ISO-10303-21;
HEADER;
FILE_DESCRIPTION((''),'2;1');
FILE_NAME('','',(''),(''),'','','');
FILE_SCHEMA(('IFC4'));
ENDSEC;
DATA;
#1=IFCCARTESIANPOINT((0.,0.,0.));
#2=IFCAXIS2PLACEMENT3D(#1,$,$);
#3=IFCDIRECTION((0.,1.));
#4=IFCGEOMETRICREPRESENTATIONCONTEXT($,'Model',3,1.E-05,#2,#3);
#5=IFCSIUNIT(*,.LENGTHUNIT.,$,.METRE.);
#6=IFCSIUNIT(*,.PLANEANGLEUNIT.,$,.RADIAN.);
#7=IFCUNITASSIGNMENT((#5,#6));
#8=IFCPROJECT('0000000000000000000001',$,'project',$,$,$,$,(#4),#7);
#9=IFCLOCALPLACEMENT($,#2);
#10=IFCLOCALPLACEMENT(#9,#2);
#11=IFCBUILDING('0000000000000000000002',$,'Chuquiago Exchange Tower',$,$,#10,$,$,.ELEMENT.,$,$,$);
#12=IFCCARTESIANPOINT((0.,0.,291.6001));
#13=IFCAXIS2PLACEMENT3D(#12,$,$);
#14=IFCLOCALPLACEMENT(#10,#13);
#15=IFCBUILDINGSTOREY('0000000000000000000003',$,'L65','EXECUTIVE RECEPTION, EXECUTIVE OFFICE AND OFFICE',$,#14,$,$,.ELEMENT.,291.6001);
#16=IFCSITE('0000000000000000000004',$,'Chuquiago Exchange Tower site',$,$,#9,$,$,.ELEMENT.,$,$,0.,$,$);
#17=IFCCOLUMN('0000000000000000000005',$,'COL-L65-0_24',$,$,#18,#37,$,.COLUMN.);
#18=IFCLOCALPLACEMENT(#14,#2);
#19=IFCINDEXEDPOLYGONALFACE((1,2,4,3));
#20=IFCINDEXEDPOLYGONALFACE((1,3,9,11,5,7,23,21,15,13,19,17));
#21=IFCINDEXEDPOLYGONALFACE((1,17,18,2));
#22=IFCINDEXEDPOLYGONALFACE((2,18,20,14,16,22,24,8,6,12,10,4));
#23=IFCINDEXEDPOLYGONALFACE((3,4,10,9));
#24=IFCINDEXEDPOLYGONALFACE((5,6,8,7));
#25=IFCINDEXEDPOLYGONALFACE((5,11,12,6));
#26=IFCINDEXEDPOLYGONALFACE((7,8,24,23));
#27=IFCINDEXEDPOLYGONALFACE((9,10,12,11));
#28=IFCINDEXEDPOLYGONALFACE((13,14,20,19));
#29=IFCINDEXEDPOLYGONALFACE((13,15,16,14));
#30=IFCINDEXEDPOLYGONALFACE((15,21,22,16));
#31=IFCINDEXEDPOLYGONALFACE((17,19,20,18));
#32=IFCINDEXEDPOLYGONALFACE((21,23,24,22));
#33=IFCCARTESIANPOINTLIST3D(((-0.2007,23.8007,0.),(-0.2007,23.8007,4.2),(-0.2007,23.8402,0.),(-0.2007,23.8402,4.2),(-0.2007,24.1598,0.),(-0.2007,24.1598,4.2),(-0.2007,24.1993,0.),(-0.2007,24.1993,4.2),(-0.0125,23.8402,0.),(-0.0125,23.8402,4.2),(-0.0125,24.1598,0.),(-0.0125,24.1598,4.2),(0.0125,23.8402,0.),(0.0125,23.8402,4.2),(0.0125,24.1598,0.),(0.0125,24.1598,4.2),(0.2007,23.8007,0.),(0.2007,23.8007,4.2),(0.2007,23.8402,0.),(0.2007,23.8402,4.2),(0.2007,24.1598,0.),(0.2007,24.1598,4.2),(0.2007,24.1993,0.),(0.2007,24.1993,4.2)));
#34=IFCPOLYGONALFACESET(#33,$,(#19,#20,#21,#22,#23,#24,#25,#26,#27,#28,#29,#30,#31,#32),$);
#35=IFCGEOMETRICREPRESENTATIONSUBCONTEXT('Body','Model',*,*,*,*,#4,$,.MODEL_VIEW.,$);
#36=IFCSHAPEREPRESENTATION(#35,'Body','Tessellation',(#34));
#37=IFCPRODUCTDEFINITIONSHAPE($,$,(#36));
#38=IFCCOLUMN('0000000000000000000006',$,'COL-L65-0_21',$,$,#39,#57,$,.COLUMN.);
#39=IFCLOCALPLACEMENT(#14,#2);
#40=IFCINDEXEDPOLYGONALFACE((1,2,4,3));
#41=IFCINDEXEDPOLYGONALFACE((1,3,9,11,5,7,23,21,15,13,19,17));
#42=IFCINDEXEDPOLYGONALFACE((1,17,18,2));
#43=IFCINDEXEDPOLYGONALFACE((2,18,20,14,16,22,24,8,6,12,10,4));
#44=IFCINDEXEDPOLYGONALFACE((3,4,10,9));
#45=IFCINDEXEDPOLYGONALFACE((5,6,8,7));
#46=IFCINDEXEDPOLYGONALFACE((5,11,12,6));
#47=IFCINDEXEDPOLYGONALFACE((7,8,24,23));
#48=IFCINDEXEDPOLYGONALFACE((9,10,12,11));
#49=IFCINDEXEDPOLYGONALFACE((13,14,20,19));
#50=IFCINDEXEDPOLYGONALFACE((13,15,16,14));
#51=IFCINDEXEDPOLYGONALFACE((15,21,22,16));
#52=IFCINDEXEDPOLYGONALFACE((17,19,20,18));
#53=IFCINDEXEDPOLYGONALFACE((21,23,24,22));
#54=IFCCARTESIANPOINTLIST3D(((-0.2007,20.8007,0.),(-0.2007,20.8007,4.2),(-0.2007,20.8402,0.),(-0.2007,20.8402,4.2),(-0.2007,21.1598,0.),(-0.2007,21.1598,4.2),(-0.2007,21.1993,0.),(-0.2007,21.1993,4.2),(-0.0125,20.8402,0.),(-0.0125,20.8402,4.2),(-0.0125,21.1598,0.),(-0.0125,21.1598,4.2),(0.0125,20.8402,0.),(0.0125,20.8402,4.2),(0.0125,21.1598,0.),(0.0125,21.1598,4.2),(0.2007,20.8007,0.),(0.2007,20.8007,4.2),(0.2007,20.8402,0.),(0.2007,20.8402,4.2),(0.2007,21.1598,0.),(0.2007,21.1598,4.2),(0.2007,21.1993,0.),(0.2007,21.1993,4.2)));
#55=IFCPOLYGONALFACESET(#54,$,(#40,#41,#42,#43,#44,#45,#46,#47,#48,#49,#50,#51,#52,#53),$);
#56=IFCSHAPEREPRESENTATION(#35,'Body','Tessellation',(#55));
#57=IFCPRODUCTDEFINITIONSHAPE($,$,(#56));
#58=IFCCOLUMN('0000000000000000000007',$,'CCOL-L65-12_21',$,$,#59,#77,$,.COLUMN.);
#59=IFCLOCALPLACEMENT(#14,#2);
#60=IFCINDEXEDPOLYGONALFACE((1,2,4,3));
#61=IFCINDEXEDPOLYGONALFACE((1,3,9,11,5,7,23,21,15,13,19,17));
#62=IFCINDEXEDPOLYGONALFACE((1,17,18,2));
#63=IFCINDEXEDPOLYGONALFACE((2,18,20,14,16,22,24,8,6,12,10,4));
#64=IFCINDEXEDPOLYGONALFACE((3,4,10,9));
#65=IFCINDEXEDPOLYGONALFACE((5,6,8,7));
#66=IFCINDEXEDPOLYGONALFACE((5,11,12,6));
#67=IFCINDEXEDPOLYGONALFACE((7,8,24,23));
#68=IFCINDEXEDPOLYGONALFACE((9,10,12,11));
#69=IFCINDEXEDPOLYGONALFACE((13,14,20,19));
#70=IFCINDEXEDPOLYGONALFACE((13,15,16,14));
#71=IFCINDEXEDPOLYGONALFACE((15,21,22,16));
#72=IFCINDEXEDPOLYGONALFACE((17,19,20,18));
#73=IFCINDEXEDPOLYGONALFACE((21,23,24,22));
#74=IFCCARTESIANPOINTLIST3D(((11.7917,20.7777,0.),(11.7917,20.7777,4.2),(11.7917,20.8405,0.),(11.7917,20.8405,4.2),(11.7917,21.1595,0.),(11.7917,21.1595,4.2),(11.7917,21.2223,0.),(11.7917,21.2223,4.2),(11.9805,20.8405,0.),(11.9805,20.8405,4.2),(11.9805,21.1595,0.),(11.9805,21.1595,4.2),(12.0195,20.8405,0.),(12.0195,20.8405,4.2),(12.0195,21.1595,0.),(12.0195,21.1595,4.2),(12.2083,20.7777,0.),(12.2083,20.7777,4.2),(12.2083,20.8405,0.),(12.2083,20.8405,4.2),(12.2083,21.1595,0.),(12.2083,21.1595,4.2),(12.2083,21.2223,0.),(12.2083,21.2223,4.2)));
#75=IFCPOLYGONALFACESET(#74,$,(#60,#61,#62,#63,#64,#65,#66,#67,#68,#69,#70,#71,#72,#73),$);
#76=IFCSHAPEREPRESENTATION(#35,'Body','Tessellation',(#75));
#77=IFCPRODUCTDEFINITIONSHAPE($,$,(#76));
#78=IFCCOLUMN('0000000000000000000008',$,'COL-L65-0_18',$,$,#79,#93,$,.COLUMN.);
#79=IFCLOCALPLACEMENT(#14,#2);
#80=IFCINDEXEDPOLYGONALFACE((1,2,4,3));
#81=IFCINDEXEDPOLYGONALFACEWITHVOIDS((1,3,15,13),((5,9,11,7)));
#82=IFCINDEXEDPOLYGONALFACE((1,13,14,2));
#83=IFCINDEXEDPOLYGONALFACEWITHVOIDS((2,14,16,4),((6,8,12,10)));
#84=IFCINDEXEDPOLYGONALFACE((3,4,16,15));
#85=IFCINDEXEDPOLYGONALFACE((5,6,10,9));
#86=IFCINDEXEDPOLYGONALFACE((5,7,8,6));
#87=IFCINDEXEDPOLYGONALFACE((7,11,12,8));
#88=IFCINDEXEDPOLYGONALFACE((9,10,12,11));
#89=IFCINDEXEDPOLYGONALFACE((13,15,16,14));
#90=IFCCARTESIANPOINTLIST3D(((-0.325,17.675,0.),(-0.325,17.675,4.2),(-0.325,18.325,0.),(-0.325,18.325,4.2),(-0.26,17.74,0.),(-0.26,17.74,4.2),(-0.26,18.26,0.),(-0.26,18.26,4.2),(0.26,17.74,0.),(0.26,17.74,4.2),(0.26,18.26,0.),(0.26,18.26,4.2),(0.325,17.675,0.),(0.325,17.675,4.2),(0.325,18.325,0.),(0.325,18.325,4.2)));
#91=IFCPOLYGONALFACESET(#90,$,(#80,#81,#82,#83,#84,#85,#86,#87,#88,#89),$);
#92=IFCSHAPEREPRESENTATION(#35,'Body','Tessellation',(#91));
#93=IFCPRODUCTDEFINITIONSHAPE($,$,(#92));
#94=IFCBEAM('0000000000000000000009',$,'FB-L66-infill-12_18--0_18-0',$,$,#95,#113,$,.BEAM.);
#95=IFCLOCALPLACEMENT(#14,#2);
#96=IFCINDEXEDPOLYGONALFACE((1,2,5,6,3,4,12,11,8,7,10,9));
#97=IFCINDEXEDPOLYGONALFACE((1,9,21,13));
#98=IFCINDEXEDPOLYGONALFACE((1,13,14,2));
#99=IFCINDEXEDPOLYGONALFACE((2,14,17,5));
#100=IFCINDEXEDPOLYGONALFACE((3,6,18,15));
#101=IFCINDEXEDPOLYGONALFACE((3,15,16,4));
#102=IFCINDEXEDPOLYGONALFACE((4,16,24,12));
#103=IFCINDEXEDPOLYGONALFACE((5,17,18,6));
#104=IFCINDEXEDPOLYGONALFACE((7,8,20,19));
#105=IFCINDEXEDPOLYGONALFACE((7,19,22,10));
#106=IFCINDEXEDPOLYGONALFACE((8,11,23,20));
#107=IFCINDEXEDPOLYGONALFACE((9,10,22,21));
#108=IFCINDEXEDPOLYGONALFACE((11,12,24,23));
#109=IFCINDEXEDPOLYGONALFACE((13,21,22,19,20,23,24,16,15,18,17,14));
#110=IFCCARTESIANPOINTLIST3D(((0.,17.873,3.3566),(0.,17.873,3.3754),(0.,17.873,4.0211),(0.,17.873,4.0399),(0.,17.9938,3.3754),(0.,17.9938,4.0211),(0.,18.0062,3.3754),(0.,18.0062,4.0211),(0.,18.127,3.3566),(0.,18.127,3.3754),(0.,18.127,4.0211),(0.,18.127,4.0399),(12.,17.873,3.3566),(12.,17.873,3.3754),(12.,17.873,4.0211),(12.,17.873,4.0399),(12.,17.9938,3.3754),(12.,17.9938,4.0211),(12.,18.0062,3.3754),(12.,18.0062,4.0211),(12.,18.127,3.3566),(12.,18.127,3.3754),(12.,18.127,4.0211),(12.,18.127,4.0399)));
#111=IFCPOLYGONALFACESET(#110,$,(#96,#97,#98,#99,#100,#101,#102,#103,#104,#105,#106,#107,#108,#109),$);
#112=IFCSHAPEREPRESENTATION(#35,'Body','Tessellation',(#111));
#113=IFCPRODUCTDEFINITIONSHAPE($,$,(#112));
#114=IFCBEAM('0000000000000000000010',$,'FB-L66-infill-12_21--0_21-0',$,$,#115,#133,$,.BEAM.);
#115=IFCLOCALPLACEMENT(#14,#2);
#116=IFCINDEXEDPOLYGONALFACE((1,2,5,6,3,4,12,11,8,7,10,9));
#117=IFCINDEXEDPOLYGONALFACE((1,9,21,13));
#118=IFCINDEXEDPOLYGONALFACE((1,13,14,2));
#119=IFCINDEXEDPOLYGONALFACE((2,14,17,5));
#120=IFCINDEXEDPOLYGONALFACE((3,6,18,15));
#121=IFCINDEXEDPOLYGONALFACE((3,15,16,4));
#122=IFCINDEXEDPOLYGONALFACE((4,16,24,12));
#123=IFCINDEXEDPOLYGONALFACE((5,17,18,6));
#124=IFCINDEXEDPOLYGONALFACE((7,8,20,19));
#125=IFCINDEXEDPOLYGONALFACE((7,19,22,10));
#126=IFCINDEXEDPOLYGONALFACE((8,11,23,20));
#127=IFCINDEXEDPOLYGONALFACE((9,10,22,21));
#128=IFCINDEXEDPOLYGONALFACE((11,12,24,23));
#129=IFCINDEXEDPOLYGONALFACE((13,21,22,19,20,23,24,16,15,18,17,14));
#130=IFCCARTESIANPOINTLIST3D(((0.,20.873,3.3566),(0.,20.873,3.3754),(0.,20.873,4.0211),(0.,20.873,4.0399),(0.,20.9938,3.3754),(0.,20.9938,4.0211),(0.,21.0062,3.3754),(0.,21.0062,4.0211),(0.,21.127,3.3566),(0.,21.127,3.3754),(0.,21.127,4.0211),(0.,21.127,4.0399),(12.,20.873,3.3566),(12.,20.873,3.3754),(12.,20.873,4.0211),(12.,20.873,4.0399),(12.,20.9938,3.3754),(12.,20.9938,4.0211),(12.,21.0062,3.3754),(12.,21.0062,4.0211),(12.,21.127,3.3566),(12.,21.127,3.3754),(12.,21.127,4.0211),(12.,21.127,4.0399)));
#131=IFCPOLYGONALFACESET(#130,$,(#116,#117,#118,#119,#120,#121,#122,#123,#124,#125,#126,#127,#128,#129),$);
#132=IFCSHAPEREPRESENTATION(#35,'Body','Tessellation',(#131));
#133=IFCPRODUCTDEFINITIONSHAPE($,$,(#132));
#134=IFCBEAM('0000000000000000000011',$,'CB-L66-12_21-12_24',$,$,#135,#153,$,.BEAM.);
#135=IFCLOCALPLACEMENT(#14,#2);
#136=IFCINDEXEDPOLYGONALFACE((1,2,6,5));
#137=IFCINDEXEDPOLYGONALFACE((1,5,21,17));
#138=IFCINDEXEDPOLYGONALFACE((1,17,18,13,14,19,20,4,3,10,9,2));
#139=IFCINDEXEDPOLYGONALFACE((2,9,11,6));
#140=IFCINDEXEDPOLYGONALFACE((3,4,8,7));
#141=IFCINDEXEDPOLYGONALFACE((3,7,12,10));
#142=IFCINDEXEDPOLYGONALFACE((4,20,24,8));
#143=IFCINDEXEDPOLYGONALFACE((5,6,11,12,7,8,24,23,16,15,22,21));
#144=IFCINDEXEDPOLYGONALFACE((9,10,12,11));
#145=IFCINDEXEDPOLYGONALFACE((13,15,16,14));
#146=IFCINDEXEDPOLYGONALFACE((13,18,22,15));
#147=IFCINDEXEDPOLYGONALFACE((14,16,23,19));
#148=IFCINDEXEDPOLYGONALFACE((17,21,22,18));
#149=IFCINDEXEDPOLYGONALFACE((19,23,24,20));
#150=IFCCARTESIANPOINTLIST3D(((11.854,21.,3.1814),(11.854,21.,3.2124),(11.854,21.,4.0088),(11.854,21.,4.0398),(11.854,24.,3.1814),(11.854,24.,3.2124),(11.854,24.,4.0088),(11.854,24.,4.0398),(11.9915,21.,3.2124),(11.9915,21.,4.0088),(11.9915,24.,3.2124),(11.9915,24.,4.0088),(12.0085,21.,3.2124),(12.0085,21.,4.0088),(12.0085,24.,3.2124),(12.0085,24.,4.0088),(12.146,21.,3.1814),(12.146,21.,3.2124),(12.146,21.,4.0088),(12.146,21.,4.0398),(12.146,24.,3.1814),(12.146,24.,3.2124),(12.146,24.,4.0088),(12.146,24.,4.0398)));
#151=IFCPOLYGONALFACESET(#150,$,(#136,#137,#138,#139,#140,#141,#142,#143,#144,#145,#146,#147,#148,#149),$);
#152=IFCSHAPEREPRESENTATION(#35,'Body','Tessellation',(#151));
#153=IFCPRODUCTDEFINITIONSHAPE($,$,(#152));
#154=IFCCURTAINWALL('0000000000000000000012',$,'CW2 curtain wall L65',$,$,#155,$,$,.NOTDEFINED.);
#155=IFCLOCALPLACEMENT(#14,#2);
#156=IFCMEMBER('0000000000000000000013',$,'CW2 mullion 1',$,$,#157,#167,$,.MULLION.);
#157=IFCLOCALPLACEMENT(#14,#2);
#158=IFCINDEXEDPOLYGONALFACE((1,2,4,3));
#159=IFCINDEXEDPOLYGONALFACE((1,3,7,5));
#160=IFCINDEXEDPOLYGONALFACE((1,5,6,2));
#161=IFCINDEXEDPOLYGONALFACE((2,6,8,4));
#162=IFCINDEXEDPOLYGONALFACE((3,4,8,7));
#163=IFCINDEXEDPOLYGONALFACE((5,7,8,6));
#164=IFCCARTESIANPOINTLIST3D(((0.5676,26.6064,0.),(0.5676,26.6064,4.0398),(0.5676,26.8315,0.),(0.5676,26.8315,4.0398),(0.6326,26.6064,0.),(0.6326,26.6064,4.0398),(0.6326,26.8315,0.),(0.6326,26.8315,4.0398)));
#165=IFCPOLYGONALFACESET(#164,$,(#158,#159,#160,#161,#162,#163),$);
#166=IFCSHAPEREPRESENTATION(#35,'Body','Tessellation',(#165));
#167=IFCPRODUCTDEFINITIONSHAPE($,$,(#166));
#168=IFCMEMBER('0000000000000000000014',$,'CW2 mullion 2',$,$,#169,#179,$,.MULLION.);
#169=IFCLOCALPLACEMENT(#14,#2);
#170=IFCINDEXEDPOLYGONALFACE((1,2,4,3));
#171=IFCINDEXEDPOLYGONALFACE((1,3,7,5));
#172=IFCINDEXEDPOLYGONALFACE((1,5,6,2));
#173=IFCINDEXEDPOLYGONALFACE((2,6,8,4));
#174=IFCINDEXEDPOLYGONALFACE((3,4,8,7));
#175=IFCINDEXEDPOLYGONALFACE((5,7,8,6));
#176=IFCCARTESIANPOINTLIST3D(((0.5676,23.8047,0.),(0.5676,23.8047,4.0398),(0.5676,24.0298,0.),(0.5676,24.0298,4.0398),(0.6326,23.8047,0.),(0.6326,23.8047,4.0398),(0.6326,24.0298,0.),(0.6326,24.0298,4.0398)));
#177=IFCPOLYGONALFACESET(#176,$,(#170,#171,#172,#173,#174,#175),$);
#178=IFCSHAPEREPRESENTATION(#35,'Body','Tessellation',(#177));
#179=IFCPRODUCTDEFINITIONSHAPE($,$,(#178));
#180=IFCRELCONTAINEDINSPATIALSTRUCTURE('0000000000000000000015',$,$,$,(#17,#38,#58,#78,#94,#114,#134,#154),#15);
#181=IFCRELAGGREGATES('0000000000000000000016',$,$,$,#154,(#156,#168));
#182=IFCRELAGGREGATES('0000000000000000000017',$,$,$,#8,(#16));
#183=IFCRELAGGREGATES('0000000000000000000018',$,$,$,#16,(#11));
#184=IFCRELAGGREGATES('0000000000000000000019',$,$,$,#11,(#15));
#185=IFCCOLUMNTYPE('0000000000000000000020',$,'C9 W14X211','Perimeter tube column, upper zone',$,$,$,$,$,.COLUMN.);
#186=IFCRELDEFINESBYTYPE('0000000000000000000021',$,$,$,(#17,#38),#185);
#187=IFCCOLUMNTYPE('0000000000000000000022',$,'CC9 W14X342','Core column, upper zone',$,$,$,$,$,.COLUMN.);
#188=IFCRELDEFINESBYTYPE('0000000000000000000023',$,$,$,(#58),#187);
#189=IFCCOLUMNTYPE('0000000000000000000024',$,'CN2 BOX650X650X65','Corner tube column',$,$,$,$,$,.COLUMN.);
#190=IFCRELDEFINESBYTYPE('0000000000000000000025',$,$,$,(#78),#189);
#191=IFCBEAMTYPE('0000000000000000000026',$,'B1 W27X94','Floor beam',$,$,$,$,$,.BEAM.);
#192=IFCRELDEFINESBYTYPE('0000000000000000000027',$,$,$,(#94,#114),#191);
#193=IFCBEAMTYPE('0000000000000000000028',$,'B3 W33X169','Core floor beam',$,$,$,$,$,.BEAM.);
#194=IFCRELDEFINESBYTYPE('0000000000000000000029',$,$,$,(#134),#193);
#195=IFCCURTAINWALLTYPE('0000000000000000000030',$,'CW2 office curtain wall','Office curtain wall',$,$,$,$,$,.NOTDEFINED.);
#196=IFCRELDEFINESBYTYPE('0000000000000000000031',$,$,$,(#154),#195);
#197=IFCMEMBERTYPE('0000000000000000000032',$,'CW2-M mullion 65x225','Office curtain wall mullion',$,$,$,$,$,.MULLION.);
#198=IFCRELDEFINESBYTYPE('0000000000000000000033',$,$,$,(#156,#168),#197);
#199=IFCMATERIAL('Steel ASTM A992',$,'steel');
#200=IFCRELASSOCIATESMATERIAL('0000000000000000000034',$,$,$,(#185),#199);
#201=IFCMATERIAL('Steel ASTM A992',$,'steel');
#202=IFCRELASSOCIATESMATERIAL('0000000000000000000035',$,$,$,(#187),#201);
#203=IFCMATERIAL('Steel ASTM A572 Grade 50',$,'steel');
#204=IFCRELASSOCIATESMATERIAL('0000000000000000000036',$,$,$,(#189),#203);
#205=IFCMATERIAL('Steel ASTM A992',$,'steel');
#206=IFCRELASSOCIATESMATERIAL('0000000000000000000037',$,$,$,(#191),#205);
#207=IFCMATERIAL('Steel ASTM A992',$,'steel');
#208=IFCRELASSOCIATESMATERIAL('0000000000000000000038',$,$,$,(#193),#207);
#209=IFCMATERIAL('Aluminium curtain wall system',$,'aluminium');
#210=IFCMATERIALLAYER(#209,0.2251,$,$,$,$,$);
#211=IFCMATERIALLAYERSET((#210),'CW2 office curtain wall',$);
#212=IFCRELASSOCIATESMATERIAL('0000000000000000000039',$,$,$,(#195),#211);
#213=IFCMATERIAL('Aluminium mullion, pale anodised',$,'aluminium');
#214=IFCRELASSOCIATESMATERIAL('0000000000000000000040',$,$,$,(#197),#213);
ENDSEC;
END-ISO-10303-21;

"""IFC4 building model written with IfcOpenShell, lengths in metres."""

from ifc_helpers import new_model, si_unit, direction, frame, origin, origin_2d, place, context, subcontext, project, spatial, rectangle, hollow_rectangle, i_section, extrude, material, layer, layer_set, material_profile, profile_set, type_object, element, aggregate, save


model = new_model("IFC4")

# Units and contexts
model_context = context("Model", 3, precision=1e-05, world=origin(), true_north=direction((0.0, 1.0)))
body_context = subcontext(model_context, "Body", "Model", "MODEL_VIEW")
ifc_project = project(units=[si_unit("LENGTHUNIT", "METRE"), si_unit("PLANEANGLEUNIT", "RADIAN")], contexts=[model_context])

# Site, building, storey
site_placement = place(None, origin())
site = spatial("IfcSite", under=ifc_project, at=site_placement, Name="Chuquiago Exchange Tower site", CompositionType="ELEMENT", RefElevation=0.0)
building_placement = place(site_placement, origin())
building = spatial("IfcBuilding", under=site, at=building_placement, Name="Chuquiago Exchange Tower", CompositionType="ELEMENT")
storey_placement = place(building_placement, frame((0.0, 0.0, 291.6001)))
storey = spatial("IfcBuildingStorey", under=building, at=storey_placement, Name="L65", Description="EXECUTIVE RECEPTION, EXECUTIVE OFFICE AND OFFICE", CompositionType="ELEMENT", Elevation=291.6001)

# Columns
ifc_material_1 = material(Name="Steel ASTM A992", Category="steel")
ifc_material_profile_1 = material_profile(ifc_material_1, i_section(OverallWidth=0.4014, OverallDepth=0.3987, WebThickness=0.0249, FlangeThickness=0.0396, at=origin_2d()), Name="W14X211")
ifc_profile_set_1 = profile_set([ifc_material_profile_1], Name="Steel ASTM A992")
column_type_1 = type_object("IfcColumnType", Name="C9 W14X211", Description="Perimeter tube column, upper zone", PredefinedType="COLUMN", material=ifc_profile_set_1)
for number, where, z_axis, x_axis, name in (
    (1, (0.0, 24.0, 0.0), (0.0, 0.0, 1.0), (-1.0, 0.0, 0.0), "COL-L65-0_24"),
    (2, (0.0, 21.0, 0.0), (0.0, 0.0, 1.0), (-1.0, 0.0, 0.0), "COL-L65-0_21"),
):
    element("IfcColumn", number, at=place(storey_placement, frame(where, z_axis=z_axis, x_axis=x_axis)), inside=storey, type_object=column_type_1, Name=name, PredefinedType="COLUMN", context=body_context, shape_type="SweptSolid", body=[
        extrude(i_section(OverallWidth=0.4014, OverallDepth=0.3987, WebThickness=0.0249, FlangeThickness=0.0396, at=origin_2d()), origin(), (0.0, 0.0, 1.0), 4.2),
    ])
ifc_material_2 = material(Name="Steel ASTM A992", Category="steel")
ifc_material_profile_2 = material_profile(ifc_material_2, i_section(OverallWidth=0.4165, OverallDepth=0.4446, WebThickness=0.0391, FlangeThickness=0.0627, at=origin_2d()), Name="W14X342")
ifc_profile_set_2 = profile_set([ifc_material_profile_2], Name="Steel ASTM A992")
column_type_2 = type_object("IfcColumnType", Name="CC9 W14X342", Description="Core column, upper zone", PredefinedType="COLUMN", material=ifc_profile_set_2)
column_1_placement = place(storey_placement, frame((12.0, 21.0, 0.0), z_axis=(0.0, 0.0, 1.0), x_axis=(1.0, 0.0, 0.0)))
element("IfcColumn", 3, at=column_1_placement, inside=storey, type_object=column_type_2, Name="CCOL-L65-12_21", PredefinedType="COLUMN", context=body_context, shape_type="SweptSolid", body=[
    extrude(i_section(OverallWidth=0.4165, OverallDepth=0.4446, WebThickness=0.0391, FlangeThickness=0.0627, at=origin_2d()), origin(), (0.0, 0.0, 1.0), 4.2),
])
ifc_material_3 = material(Name="Steel ASTM A572 Grade 50", Category="steel")
ifc_material_profile_3 = material_profile(ifc_material_3, hollow_rectangle(XDim=0.6499, YDim=0.6499, WallThickness=0.0649, at=origin_2d()), Name="BOX650X650X65")
ifc_profile_set_3 = profile_set([ifc_material_profile_3], Name="Steel ASTM A572 Grade 50")
column_type_3 = type_object("IfcColumnType", Name="CN2 BOX650X650X65", Description="Corner tube column", PredefinedType="COLUMN", material=ifc_profile_set_3)
column_2_placement = place(storey_placement, frame((0.0, 18.0, 0.0), z_axis=(0.0, 0.0, 1.0), x_axis=(-1.0, 0.0, 0.0)))
element("IfcColumn", 4, at=column_2_placement, inside=storey, type_object=column_type_3, Name="COL-L65-0_18", PredefinedType="COLUMN", context=body_context, shape_type="SweptSolid", body=[
    extrude(hollow_rectangle(XDim=0.6499, YDim=0.6499, WallThickness=0.0649, at=origin_2d()), origin(), (0.0, 0.0, 1.0), 4.2),
])

# Beams
ifc_material_4 = material(Name="Steel ASTM A992", Category="steel")
ifc_material_profile_4 = material_profile(ifc_material_4, i_section(OverallWidth=0.2539, OverallDepth=0.6833, WebThickness=0.0125, FlangeThickness=0.0188, at=origin_2d()), Name="W27X94")
ifc_profile_set_4 = profile_set([ifc_material_profile_4], Name="Steel ASTM A992")
beam_type_1 = type_object("IfcBeamType", Name="B1 W27X94", Description="Floor beam", PredefinedType="BEAM", material=ifc_profile_set_4)
for number, where, z_axis, x_axis, name in (
    (5, (12.0, 18.0, 3.6982), (-1.0, 0.0, 0.0), (0.0, -1.0, 0.0), "FB-L66-infill-12_18--0_18-0"),
    (6, (12.0, 21.0, 3.6982), (-1.0, 0.0, 0.0), (0.0, -1.0, 0.0), "FB-L66-infill-12_21--0_21-0"),
):
    element("IfcBeam", number, at=place(storey_placement, frame(where, z_axis=z_axis, x_axis=x_axis)), inside=storey, type_object=beam_type_1, Name=name, PredefinedType="BEAM", context=body_context, shape_type="SweptSolid", body=[
        extrude(i_section(OverallWidth=0.2539, OverallDepth=0.6833, WebThickness=0.0125, FlangeThickness=0.0188, at=origin_2d()), origin(), (0.0, 0.0, 1.0), 12.0),
    ])
ifc_material_5 = material(Name="Steel ASTM A992", Category="steel")
ifc_material_profile_5 = material_profile(ifc_material_5, i_section(OverallWidth=0.292, OverallDepth=0.8584, WebThickness=0.0171, FlangeThickness=0.031, at=origin_2d()), Name="W33X169")
ifc_profile_set_5 = profile_set([ifc_material_profile_5], Name="Steel ASTM A992")
beam_type_2 = type_object("IfcBeamType", Name="B3 W33X169", Description="Core floor beam", PredefinedType="BEAM", material=ifc_profile_set_5)
beam_1_placement = place(storey_placement, frame((12.0, 21.0, 3.6106), z_axis=(0.0, 1.0, 0.0), x_axis=(-1.0, 0.0, 0.0)))
element("IfcBeam", 7, at=beam_1_placement, inside=storey, type_object=beam_type_2, Name="CB-L66-12_21-12_24", PredefinedType="BEAM", context=body_context, shape_type="SweptSolid", body=[
    extrude(i_section(OverallWidth=0.292, OverallDepth=0.8584, WebThickness=0.0171, FlangeThickness=0.031, at=origin_2d()), origin(), (0.0, 0.0, 1.0), 3.0),
])

# Curtain wall, members
ifc_material_6 = material(Name="Aluminium curtain wall system", Category="aluminium")
ifc_layer_1 = layer(ifc_material_6, 0.2251)
ifc_layer_set_1 = layer_set([ifc_layer_1], Name="CW2 office curtain wall")
curtain_wall_type_1 = type_object("IfcCurtainWallType", Name="CW2 office curtain wall", Description="Office curtain wall", PredefinedType="NOTDEFINED", material=ifc_layer_set_1)
curtain_wall_1_placement = place(storey_placement, origin())
curtain_wall_1 = element("IfcCurtainWall", 8, at=curtain_wall_1_placement, inside=storey, type_object=curtain_wall_type_1, Name="CW2 curtain wall L65", PredefinedType="NOTDEFINED")
ifc_material_7 = material(Name="Aluminium mullion, pale anodised", Category="aluminium")
ifc_material_profile_6 = material_profile(ifc_material_7, rectangle(XDim=0.0649, YDim=0.2251, at=origin_2d()), Name="AL 65x225")
ifc_profile_set_6 = profile_set([ifc_material_profile_6], Name="Aluminium mullion, pale anodised")
member_type_1 = type_object("IfcMemberType", Name="CW2-M mullion 65x225", Description="Office curtain wall mullion", PredefinedType="MULLION", material=ifc_profile_set_6)
member_1_placement = place(storey_placement, frame((0.6001, 26.719, 0.0), z_axis=(0.0, 0.0, 1.0), x_axis=(1.0, 0.0, 0.0)))
member_1 = element("IfcMember", 9, at=member_1_placement, type_object=member_type_1, Name="CW2 mullion 1", PredefinedType="MULLION", context=body_context, shape_type="SweptSolid", body=[
    extrude(rectangle(XDim=0.0649, YDim=0.2251, at=origin_2d()), origin(), (0.0, 0.0, 1.0), 4.0398),
])
member_2_placement = place(storey_placement, frame((0.6001, 23.9172, 0.0), z_axis=(0.0, 0.0, 1.0), x_axis=(1.0, 0.0, 0.0)))
member_2 = element("IfcMember", 10, at=member_2_placement, type_object=member_type_1, Name="CW2 mullion 2", PredefinedType="MULLION", context=body_context, shape_type="SweptSolid", body=[
    extrude(rectangle(XDim=0.0649, YDim=0.2251, at=origin_2d()), origin(), (0.0, 0.0, 1.0), 4.0398),
])

aggregate(curtain_wall_1, [member_1, member_2])

save(model, "model.ifc")
